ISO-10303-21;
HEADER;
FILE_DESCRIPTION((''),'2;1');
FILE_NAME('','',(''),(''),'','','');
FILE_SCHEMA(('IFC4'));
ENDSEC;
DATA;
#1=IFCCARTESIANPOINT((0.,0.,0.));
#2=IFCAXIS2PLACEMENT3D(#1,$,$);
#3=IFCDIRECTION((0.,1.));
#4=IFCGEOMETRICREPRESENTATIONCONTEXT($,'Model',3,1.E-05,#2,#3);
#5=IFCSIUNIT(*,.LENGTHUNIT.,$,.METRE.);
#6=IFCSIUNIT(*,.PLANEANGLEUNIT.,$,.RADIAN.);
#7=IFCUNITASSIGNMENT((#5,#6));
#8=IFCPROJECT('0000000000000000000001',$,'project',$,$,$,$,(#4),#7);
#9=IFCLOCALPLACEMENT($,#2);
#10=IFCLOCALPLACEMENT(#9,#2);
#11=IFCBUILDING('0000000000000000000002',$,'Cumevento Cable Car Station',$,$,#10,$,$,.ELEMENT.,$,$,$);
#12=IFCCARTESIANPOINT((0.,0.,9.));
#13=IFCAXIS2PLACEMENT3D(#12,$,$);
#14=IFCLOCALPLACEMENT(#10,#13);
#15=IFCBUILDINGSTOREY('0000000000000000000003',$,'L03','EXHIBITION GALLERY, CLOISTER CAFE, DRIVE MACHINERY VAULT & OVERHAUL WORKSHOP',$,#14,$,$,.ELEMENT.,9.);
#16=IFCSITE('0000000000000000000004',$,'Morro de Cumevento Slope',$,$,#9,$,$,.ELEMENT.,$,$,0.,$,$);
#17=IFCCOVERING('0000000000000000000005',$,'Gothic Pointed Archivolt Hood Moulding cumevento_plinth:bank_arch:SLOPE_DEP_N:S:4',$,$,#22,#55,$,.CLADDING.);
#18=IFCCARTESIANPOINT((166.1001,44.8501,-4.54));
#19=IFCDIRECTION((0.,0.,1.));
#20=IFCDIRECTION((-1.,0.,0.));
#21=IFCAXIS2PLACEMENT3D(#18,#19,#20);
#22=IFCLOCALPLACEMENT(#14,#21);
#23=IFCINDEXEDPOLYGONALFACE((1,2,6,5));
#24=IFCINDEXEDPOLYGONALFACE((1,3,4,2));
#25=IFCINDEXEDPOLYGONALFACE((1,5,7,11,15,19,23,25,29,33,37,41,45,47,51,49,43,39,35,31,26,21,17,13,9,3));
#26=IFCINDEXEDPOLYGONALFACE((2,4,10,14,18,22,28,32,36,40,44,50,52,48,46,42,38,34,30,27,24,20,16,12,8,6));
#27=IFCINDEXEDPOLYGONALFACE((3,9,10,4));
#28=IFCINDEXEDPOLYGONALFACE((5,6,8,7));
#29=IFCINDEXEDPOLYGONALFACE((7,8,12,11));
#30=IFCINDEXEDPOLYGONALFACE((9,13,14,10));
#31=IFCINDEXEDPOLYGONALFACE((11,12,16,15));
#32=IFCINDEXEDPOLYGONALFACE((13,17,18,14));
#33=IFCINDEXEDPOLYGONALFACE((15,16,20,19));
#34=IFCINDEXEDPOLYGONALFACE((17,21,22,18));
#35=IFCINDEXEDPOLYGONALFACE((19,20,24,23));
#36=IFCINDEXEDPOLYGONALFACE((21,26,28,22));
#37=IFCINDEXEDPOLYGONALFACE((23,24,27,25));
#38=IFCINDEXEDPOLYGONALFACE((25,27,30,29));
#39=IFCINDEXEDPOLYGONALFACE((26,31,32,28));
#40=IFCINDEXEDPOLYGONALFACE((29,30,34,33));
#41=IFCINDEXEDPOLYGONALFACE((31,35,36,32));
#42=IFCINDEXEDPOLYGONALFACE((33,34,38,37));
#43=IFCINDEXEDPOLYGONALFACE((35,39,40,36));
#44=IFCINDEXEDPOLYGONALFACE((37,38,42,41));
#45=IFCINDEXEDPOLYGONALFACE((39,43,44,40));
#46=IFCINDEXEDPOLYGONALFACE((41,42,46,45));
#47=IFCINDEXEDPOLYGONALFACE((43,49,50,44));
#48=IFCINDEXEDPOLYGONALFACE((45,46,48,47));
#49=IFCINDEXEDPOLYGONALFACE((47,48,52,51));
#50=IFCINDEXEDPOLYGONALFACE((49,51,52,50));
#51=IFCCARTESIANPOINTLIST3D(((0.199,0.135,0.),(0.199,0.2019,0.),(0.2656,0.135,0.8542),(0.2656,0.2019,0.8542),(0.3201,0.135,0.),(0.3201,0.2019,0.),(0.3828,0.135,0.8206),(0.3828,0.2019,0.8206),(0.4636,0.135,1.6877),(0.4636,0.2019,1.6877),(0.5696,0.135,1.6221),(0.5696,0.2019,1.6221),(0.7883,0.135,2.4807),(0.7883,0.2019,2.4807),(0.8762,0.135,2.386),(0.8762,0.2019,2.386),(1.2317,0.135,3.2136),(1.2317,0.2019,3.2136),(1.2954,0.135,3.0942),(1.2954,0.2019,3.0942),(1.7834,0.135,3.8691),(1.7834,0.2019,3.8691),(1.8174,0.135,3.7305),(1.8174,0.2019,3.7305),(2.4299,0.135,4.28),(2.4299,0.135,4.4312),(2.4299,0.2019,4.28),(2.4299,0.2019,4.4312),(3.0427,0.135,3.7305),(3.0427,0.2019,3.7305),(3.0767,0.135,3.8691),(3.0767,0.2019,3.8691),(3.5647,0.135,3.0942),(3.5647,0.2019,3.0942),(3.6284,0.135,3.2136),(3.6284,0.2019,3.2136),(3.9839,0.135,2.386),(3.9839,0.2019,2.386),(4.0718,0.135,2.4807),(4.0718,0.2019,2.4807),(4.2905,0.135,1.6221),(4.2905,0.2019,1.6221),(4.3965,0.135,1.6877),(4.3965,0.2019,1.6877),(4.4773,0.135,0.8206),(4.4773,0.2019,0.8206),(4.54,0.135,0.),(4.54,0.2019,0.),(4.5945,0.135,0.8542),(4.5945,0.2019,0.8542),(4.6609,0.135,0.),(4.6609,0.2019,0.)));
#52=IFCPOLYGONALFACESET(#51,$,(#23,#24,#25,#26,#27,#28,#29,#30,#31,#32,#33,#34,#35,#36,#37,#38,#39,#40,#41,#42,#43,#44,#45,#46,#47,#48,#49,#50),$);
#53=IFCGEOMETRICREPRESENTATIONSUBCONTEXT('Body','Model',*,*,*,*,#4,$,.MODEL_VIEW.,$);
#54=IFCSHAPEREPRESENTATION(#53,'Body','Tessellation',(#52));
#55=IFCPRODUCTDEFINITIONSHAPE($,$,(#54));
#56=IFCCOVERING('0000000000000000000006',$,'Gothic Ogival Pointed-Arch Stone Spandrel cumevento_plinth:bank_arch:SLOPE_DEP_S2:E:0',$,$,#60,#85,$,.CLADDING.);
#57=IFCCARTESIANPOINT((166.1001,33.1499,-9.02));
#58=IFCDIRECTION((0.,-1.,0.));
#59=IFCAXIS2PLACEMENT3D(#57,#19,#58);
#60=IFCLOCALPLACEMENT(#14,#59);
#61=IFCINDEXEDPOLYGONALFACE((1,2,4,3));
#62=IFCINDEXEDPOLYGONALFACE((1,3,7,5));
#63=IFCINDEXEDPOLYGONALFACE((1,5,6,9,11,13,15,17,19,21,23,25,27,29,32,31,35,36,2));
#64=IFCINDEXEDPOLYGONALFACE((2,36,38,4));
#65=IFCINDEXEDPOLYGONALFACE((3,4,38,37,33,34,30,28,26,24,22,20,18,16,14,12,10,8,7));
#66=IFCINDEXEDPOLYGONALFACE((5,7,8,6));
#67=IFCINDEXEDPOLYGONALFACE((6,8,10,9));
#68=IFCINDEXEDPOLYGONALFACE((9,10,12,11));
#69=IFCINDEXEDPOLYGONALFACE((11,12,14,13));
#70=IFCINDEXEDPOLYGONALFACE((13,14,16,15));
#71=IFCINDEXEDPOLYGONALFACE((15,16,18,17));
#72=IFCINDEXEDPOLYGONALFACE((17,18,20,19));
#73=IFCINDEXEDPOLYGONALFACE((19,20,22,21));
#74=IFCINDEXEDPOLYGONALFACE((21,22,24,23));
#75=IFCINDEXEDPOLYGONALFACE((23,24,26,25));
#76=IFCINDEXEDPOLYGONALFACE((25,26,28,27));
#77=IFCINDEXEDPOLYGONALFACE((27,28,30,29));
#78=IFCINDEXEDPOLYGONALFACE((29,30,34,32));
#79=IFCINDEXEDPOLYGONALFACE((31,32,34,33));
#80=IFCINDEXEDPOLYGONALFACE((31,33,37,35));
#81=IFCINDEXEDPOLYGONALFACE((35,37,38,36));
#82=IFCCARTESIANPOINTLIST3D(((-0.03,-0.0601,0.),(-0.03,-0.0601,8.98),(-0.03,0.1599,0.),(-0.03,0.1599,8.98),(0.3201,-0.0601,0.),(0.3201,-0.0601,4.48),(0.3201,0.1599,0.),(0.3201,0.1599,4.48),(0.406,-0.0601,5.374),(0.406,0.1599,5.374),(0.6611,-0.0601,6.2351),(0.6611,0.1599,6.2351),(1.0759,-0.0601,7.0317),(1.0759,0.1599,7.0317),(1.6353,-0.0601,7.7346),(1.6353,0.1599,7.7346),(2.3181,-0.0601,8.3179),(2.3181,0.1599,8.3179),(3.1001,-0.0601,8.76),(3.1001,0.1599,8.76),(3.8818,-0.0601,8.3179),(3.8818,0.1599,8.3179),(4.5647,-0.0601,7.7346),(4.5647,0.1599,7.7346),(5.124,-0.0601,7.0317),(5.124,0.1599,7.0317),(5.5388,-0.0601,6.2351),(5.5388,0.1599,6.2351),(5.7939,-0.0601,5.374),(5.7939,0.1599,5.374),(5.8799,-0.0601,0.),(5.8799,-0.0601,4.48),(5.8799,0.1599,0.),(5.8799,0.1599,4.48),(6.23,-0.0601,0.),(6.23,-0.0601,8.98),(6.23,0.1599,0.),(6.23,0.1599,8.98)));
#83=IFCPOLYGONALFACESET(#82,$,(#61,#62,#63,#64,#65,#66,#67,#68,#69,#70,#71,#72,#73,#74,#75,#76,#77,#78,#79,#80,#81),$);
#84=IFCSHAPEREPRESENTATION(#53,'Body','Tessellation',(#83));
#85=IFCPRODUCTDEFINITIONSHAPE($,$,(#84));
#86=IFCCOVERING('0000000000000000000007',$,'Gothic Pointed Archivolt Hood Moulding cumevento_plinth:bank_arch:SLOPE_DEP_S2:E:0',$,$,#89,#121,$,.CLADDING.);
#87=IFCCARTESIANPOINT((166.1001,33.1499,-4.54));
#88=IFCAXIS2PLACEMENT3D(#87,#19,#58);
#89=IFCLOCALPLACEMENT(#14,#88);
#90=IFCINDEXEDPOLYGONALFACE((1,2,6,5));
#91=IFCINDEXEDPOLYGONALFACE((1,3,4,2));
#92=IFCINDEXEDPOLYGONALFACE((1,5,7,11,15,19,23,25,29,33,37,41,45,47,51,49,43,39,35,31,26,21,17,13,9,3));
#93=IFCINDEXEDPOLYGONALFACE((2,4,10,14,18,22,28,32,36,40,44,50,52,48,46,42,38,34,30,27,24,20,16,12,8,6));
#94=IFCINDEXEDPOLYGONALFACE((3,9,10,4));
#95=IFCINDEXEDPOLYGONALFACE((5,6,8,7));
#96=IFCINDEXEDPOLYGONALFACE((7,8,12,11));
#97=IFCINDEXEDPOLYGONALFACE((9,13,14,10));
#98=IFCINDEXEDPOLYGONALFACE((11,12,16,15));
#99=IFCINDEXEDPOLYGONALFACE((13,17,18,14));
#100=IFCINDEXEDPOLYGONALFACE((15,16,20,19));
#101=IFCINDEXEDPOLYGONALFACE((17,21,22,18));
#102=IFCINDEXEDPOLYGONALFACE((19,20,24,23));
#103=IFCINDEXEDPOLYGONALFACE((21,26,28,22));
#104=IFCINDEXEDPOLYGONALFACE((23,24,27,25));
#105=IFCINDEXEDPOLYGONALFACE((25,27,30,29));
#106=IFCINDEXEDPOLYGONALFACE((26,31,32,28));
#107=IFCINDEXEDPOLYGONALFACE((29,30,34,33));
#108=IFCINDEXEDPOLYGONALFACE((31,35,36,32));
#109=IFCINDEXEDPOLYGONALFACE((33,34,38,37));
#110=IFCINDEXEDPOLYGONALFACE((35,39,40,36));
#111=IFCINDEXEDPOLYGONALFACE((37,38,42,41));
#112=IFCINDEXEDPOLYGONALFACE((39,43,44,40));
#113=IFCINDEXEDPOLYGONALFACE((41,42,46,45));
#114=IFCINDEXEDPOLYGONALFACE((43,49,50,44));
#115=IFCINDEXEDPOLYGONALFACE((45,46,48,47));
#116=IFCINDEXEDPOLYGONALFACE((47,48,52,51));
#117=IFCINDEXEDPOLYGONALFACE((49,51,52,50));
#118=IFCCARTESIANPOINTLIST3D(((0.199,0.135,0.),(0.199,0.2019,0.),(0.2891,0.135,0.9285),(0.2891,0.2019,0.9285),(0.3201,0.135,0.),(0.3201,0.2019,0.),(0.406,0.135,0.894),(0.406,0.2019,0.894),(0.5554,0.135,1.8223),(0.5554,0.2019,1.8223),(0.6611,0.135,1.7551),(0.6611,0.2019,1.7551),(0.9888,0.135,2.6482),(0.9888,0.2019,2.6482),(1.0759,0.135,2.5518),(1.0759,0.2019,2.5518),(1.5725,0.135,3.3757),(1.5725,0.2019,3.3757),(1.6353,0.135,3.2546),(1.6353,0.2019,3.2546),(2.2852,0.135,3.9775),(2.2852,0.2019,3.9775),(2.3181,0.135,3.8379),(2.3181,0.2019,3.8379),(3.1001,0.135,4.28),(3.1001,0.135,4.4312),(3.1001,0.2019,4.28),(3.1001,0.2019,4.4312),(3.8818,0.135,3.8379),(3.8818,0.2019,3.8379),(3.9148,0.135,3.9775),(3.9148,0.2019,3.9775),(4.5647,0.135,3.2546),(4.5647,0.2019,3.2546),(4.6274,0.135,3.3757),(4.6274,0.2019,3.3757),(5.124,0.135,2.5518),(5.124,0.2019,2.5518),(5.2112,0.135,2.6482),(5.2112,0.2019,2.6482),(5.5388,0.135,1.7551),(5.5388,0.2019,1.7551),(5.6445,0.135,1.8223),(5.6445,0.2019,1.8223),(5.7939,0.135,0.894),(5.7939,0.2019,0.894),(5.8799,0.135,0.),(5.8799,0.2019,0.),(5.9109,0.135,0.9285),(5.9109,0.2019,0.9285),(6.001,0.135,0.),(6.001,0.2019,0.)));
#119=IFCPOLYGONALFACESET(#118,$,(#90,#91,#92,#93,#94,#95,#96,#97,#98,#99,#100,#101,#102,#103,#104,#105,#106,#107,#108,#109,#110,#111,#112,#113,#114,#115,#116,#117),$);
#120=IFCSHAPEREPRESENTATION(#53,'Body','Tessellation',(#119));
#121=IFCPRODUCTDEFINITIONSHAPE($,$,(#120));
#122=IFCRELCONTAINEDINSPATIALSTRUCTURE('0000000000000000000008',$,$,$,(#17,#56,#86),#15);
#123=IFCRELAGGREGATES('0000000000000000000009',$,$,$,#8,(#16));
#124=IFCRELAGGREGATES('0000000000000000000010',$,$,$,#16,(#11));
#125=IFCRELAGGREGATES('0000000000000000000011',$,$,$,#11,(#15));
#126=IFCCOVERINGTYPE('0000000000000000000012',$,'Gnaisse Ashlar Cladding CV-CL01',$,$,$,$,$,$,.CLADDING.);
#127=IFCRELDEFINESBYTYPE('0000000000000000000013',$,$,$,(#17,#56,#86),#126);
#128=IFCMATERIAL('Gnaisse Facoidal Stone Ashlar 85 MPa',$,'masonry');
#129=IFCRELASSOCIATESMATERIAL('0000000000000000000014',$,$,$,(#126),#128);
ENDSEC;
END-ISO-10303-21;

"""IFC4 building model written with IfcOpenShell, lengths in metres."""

from ifc_helpers import new_model, si_unit, direction, frame, origin, place, context, subcontext, project, spatial, polyline, outline, extrude, material, type_object, element, save


model = new_model("IFC4")

# Units and contexts
model_context = context("Model", 3, precision=1e-05, world=origin(), true_north=direction((0.0, 1.0)))
body_context = subcontext(model_context, "Body", "Model", "MODEL_VIEW")
ifc_project = project(units=[si_unit("LENGTHUNIT", "METRE"), si_unit("PLANEANGLEUNIT", "RADIAN")], contexts=[model_context])

# Site, building, storey
site_placement = place(None, origin())
site = spatial("IfcSite", under=ifc_project, at=site_placement, Name="Morro de Cumevento Slope", CompositionType="ELEMENT", RefElevation=0.0)
building_placement = place(site_placement, origin())
building = spatial("IfcBuilding", under=site, at=building_placement, Name="Cumevento Cable Car Station", CompositionType="ELEMENT")
storey_placement = place(building_placement, frame((0.0, 0.0, 9.0)))
storey = spatial("IfcBuildingStorey", under=building, at=storey_placement, Name="L03", Description="EXHIBITION GALLERY, CLOISTER CAFE, DRIVE MACHINERY VAULT & OVERHAUL WORKSHOP", CompositionType="ELEMENT", Elevation=9.0)

# Coverings
ifc_material_1 = material(Name="Gnaisse Facoidal Stone Ashlar 85 MPa", Category="masonry")
covering_type = type_object("IfcCoveringType", Name="Gnaisse Ashlar Cladding CV-CL01", PredefinedType="CLADDING", material=ifc_material_1)
covering_1_placement = place(storey_placement, frame((166.1001, 44.8501, -4.54), z_axis=(0.0, 0.0, 1.0), x_axis=(-1.0, 0.0, 0.0)))
element("IfcCovering", 1, at=covering_1_placement, inside=storey, type_object=covering_type, Name="Gothic Pointed Archivolt Hood Moulding cumevento_plinth:bank_arch:SLOPE_DEP_N:S:4", PredefinedType="CLADDING", context=body_context, shape_type="SweptSolid", body=[
    extrude(outline(polyline([(0.3201, 0.0), (0.3828, 0.8206), (0.5696, 1.6221), (0.8762, 2.386), (1.2954, 3.0942), (1.8174, 3.7305), (2.4299, 4.28), (3.0427, 3.7305), (3.5647, 3.0942), (3.9839, 2.386), (4.2905, 1.6221), (4.4773, 0.8206), (4.54, 0.0), (4.6609, 0.0), (4.5945, 0.8542), (4.3965, 1.6877), (4.0718, 2.4807), (3.6284, 3.2136), (3.0767, 3.8691), (2.4299, 4.4312), (1.7834, 3.8691), (1.2317, 3.2136), (0.7883, 2.4807), (0.4636, 1.6877), (0.2656, 0.8542), (0.199, 0.0), (0.3201, 0.0)])), frame((0.0, 0.2019, 0.0), z_axis=(0.0, -1.0, 0.0), x_axis=(1.0, 0.0, 0.0)), (0.0, 0.0, 1.0), 0.0669),
])
covering_2_placement = place(storey_placement, frame((166.1001, 33.1499, -9.02), z_axis=(0.0, 0.0, 1.0), x_axis=(0.0, -1.0, 0.0)))
element("IfcCovering", 2, at=covering_2_placement, inside=storey, type_object=covering_type, Name="Gothic Ogival Pointed-Arch Stone Spandrel cumevento_plinth:bank_arch:SLOPE_DEP_S2:E:0", PredefinedType="CLADDING", context=body_context, shape_type="SweptSolid", body=[
    extrude(outline(polyline([(-0.03, 0.0), (-0.03, 8.98), (6.23, 8.98), (6.23, 0.0), (5.8799, 0.0), (5.8799, 4.48), (5.7939, 5.374), (5.5388, 6.2351), (5.124, 7.0317), (4.5647, 7.7346), (3.8818, 8.3179), (3.1001, 8.76), (2.3181, 8.3179), (1.6353, 7.7346), (1.0759, 7.0317), (0.6611, 6.2351), (0.406, 5.374), (0.3201, 4.48), (0.3201, 0.0), (-0.03, 0.0)])), frame((0.0, 0.1599, 0.0), z_axis=(0.0, -1.0, 0.0), x_axis=(1.0, 0.0, 0.0)), (0.0, 0.0, 1.0), 0.22),
])
covering_3_placement = place(storey_placement, frame((166.1001, 33.1499, -4.54), z_axis=(0.0, 0.0, 1.0), x_axis=(0.0, -1.0, 0.0)))
element("IfcCovering", 3, at=covering_3_placement, inside=storey, type_object=covering_type, Name="Gothic Pointed Archivolt Hood Moulding cumevento_plinth:bank_arch:SLOPE_DEP_S2:E:0", PredefinedType="CLADDING", context=body_context, shape_type="SweptSolid", body=[
    extrude(outline(polyline([(0.3201, 0.0), (0.406, 0.894), (0.6611, 1.7551), (1.0759, 2.5518), (1.6353, 3.2546), (2.3181, 3.8379), (3.1001, 4.28), (3.8818, 3.8379), (4.5647, 3.2546), (5.124, 2.5518), (5.5388, 1.7551), (5.7939, 0.894), (5.8799, 0.0), (6.001, 0.0), (5.9109, 0.9285), (5.6445, 1.8223), (5.2112, 2.6482), (4.6274, 3.3757), (3.9148, 3.9775), (3.1001, 4.4312), (2.2852, 3.9775), (1.5725, 3.3757), (0.9888, 2.6482), (0.5554, 1.8223), (0.2891, 0.9285), (0.199, 0.0), (0.3201, 0.0)])), frame((0.0, 0.2019, 0.0), z_axis=(0.0, -1.0, 0.0), x_axis=(1.0, 0.0, 0.0)), (0.0, 0.0, 1.0), 0.0669),
])

save(model, "model.ifc")
